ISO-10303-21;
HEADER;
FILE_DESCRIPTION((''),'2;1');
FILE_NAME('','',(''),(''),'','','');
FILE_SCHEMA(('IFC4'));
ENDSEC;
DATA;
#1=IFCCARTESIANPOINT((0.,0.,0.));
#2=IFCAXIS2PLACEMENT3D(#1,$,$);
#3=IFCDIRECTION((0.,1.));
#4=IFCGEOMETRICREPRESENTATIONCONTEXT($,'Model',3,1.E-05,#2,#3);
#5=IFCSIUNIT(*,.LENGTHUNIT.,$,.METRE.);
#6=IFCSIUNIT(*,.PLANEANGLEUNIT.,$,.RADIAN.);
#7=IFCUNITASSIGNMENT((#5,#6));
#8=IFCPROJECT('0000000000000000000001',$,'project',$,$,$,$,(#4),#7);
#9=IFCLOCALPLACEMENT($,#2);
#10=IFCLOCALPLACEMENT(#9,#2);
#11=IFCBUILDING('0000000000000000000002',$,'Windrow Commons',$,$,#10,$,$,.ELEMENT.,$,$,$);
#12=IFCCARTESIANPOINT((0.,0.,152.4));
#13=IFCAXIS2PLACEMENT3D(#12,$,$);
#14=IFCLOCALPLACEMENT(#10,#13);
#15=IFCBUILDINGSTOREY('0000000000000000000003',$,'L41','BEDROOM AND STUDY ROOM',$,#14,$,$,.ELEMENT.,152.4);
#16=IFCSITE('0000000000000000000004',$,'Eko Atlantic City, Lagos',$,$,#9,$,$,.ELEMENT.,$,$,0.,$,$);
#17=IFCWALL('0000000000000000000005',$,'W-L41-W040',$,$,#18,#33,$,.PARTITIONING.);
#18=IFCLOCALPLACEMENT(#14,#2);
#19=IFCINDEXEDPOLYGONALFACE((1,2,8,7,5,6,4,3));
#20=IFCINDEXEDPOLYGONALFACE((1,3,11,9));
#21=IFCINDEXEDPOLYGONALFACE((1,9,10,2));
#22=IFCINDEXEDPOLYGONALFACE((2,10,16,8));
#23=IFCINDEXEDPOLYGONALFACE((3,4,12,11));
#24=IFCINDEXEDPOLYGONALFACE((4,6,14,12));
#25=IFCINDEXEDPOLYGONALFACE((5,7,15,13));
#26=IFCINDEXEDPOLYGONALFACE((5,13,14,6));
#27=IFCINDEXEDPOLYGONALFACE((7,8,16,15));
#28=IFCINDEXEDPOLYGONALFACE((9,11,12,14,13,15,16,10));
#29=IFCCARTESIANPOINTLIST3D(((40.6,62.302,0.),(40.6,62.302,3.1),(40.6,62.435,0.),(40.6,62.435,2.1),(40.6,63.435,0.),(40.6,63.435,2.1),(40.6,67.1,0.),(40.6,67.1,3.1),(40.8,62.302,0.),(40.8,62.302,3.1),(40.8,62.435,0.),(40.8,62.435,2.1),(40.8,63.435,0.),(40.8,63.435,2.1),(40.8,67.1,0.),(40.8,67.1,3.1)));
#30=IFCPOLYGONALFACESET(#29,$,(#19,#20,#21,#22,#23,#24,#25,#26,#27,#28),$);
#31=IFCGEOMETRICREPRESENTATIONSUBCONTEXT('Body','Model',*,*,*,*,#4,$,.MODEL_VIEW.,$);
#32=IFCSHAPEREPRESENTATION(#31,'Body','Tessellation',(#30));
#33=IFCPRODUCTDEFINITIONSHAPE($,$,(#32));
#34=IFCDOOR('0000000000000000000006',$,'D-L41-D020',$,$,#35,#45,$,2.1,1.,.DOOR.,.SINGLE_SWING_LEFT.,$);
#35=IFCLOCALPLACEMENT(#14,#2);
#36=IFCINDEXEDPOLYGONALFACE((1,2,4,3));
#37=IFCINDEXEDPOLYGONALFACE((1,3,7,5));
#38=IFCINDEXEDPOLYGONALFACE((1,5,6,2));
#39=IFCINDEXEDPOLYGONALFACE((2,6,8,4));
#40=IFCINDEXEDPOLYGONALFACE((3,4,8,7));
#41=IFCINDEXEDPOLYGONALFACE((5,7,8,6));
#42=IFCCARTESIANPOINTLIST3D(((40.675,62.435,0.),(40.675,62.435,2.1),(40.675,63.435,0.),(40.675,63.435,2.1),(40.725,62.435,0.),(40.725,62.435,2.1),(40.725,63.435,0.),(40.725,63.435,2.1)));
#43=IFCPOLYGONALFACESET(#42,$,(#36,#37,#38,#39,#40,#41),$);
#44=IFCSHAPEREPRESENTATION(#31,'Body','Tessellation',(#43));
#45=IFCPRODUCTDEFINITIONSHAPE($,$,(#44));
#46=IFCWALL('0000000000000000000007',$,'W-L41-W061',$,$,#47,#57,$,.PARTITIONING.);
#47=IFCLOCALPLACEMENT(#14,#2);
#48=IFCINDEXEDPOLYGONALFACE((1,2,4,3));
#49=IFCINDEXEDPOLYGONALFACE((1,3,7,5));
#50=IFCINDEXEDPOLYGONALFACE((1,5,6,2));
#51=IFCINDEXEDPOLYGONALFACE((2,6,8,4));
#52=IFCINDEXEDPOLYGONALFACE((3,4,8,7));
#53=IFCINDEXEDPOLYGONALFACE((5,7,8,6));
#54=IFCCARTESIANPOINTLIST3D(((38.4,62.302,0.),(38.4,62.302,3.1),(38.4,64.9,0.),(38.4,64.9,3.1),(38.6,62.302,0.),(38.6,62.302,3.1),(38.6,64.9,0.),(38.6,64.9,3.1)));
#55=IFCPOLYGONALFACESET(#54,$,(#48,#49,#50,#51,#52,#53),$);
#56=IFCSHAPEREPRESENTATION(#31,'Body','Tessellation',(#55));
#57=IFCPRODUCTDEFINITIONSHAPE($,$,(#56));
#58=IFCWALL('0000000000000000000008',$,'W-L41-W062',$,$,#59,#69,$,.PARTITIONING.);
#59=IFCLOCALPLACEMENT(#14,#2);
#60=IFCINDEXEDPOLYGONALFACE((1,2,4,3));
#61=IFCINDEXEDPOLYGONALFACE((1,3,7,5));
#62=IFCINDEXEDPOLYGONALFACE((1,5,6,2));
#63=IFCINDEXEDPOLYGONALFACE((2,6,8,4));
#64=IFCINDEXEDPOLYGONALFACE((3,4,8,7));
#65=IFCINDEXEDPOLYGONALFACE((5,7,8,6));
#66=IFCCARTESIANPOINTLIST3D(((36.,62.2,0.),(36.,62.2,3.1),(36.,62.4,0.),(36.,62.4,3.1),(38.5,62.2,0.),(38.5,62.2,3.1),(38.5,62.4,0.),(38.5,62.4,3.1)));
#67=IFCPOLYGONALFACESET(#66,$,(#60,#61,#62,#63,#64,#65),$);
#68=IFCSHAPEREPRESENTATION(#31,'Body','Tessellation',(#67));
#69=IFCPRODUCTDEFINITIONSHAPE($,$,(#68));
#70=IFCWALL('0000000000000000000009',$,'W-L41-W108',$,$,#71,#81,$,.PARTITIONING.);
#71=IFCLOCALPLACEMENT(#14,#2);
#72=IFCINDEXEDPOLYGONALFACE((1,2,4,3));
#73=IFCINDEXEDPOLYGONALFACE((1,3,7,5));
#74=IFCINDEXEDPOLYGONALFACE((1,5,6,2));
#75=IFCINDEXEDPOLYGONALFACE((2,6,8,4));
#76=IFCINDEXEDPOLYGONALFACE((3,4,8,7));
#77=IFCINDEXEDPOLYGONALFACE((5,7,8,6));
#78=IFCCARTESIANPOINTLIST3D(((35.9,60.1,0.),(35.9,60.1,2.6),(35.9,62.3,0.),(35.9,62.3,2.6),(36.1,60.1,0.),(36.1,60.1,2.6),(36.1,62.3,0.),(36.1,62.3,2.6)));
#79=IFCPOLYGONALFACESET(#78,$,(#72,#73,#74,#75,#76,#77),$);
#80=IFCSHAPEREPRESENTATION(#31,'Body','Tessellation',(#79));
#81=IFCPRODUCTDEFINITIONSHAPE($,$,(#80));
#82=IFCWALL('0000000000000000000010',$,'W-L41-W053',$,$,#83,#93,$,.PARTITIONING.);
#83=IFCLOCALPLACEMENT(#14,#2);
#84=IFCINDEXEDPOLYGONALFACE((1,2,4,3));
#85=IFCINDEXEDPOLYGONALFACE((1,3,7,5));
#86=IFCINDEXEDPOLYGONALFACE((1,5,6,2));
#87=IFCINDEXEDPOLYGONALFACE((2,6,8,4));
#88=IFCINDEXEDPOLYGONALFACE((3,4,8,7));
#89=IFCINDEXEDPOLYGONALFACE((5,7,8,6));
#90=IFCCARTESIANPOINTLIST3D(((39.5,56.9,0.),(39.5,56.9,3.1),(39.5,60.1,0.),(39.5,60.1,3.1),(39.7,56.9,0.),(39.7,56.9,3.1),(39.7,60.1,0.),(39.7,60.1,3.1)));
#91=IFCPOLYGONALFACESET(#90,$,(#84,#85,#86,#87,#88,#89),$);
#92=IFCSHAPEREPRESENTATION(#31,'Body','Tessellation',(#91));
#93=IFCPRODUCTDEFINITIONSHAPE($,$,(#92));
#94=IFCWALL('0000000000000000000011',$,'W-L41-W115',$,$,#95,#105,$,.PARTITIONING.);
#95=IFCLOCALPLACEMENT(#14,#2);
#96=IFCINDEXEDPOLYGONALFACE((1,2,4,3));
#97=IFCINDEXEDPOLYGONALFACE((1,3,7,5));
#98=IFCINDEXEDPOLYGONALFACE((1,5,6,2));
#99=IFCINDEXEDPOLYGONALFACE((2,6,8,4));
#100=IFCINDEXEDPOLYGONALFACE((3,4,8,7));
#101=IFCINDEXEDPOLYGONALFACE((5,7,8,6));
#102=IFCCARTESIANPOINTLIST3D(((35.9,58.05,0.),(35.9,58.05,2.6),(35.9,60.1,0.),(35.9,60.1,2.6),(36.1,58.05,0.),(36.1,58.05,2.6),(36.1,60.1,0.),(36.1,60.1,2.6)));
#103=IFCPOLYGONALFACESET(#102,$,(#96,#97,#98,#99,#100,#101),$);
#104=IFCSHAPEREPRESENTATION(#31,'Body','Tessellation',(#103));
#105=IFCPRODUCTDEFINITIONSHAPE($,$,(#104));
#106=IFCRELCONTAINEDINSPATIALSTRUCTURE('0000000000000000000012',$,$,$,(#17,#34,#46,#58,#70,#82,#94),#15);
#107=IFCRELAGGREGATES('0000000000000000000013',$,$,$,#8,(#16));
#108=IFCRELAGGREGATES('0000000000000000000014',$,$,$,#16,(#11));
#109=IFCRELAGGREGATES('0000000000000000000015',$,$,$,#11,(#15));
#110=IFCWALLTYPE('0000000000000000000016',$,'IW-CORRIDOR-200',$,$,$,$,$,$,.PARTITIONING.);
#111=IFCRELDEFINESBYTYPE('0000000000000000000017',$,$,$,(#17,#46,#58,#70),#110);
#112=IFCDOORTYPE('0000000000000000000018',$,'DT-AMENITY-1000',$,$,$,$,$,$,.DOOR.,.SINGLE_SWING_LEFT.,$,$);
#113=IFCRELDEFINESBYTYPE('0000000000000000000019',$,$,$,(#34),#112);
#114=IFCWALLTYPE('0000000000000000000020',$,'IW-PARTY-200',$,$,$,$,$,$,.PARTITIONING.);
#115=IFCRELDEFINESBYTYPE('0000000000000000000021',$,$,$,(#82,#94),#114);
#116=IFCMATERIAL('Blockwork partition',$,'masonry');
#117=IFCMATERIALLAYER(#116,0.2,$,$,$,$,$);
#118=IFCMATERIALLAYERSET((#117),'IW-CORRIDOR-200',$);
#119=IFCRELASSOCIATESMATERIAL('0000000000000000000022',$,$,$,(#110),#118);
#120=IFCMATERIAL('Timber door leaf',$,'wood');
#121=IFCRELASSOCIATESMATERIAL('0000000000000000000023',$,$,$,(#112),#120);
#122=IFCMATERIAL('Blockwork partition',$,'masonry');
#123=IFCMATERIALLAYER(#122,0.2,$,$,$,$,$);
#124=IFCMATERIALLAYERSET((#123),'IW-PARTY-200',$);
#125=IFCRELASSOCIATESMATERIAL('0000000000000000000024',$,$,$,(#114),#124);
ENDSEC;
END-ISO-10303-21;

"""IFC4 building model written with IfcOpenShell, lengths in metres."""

from ifc_helpers import new_model, si_unit, direction, frame, frame_2d, origin, place, context, subcontext, project, spatial, rectangle, extrude, material, layer, layer_set, type_object, element, fill, save


model = new_model("IFC4")

# Units and contexts
model_context = context("Model", 3, precision=1e-05, world=origin(), true_north=direction((0.0, 1.0)))
body_context = subcontext(model_context, "Body", "Model", "MODEL_VIEW")
ifc_project = project(units=[si_unit("LENGTHUNIT", "METRE"), si_unit("PLANEANGLEUNIT", "RADIAN")], contexts=[model_context])

# Site, building, storey
site_placement = place(None, origin())
site = spatial("IfcSite", under=ifc_project, at=site_placement, Name="Eko Atlantic City, Lagos", CompositionType="ELEMENT", RefElevation=0.0)
building_placement = place(site_placement, origin())
building = spatial("IfcBuilding", under=site, at=building_placement, Name="Windrow Commons", CompositionType="ELEMENT")
storey_placement = place(building_placement, frame((0.0, 0.0, 152.4)))
storey = spatial("IfcBuildingStorey", under=building, at=storey_placement, Name="L41", Description="BEDROOM AND STUDY ROOM", CompositionType="ELEMENT", Elevation=152.4)

# Shared definitions
ifc_material_1 = material(Name="Blockwork partition", Category="masonry")
ifc_layer_1 = layer(ifc_material_1, 0.2)
ifc_layer_set_1 = layer_set([ifc_layer_1], Name="IW-CORRIDOR-200")
wall_type_1 = type_object("IfcWallType", Name="IW-CORRIDOR-200", PredefinedType="PARTITIONING", material=ifc_layer_set_1)
ifc_material_2 = material(Name="Timber door leaf", Category="wood")
door_type_1 = type_object("IfcDoorType", Name="DT-AMENITY-1000", OperationType="SINGLE_SWING_LEFT", PredefinedType="DOOR", material=ifc_material_2)

# Wall, opening, door
wall_1_placement = place(storey_placement, frame((40.7, 62.302, 0.0), z_axis=(0.0, 0.0, 1.0), x_axis=(0.0, 1.0, 0.0)))
wall_1 = element("IfcWall", 1, at=wall_1_placement, inside=storey, type_object=wall_type_1, Name="W-L41-W040", PredefinedType="PARTITIONING", context=body_context, shape_type="SweptSolid", body=[
    extrude(rectangle(XDim=4.798, YDim=0.2, at=frame_2d((2.399, 0.0))), origin(), (0.0, 0.0, 1.0), 3.1),
])
opening_1_placement = place(wall_1_placement, frame((0.133, 0.0, 0.0)))
opening_1 = element("IfcOpeningElement", 2, at=opening_1_placement, cuts=wall_1, PredefinedType="OPENING", context=body_context, shape_type="SweptSolid", body=[
    extrude(rectangle(XDim=1.0, YDim=2.1, at=frame_2d((0.5, 1.05))), frame((0.0, 0.11, 0.0), z_axis=(0.0, -1.0, 0.0), x_axis=(1.0, 0.0, 0.0)), (0.0, 0.0, 1.0), 0.22),
])
door_1_placement = place(opening_1_placement, origin())
door_1 = element("IfcDoor", 3, at=door_1_placement, inside=storey, type_object=door_type_1, Name="D-L41-D020", OperationType="SINGLE_SWING_LEFT", OverallHeight=2.1, OverallWidth=1.0, PredefinedType="DOOR", context=body_context, shape_type="SweptSolid", body=[
    extrude(rectangle(XDim=1.0, YDim=2.1, at=frame_2d((0.5, 1.05))), frame((0.0, 0.025, 0.0), z_axis=(0.0, -1.0, 0.0), x_axis=(1.0, 0.0, 0.0)), (0.0, 0.0, 1.0), 0.05),
])
fill(opening_1, door_1)

# Walls
wall_2_placement = place(storey_placement, frame((38.5, 62.302, 0.0), z_axis=(0.0, 0.0, 1.0), x_axis=(0.0, 1.0, 0.0)))
element("IfcWall", 4, at=wall_2_placement, inside=storey, type_object=wall_type_1, Name="W-L41-W061", PredefinedType="PARTITIONING", context=body_context, shape_type="SweptSolid", body=[
    extrude(rectangle(XDim=2.598, YDim=0.2, at=frame_2d((1.299, 0.0))), origin(), (0.0, 0.0, 1.0), 3.1),
])
wall_3_placement = place(storey_placement, frame((36.0, 62.3, 0.0), z_axis=(0.0, 0.0, 1.0), x_axis=(1.0, 0.0, 0.0)))
element("IfcWall", 5, at=wall_3_placement, inside=storey, type_object=wall_type_1, Name="W-L41-W062", PredefinedType="PARTITIONING", context=body_context, shape_type="SweptSolid", body=[
    extrude(rectangle(XDim=2.5, YDim=0.2, at=frame_2d((1.25, 0.0))), origin(), (0.0, 0.0, 1.0), 3.1),
])
wall_4_placement = place(storey_placement, frame((36.0, 60.1, 0.0), z_axis=(0.0, 0.0, 1.0), x_axis=(0.0, 1.0, 0.0)))
element("IfcWall", 6, at=wall_4_placement, inside=storey, type_object=wall_type_1, Name="W-L41-W108", PredefinedType="PARTITIONING", context=body_context, shape_type="SweptSolid", body=[
    extrude(rectangle(XDim=2.2, YDim=0.2, at=frame_2d((1.1, 0.0))), origin(), (0.0, 0.0, 1.0), 2.6),
])
ifc_material_3 = material(Name="Blockwork partition", Category="masonry")
ifc_layer_2 = layer(ifc_material_3, 0.2)
ifc_layer_set_2 = layer_set([ifc_layer_2], Name="IW-PARTY-200")
wall_type_2 = type_object("IfcWallType", Name="IW-PARTY-200", PredefinedType="PARTITIONING", material=ifc_layer_set_2)
wall_5_placement = place(storey_placement, frame((39.6, 56.9, 0.0), z_axis=(0.0, 0.0, 1.0), x_axis=(0.0, 1.0, 0.0)))
element("IfcWall", 7, at=wall_5_placement, inside=storey, type_object=wall_type_2, Name="W-L41-W053", PredefinedType="PARTITIONING", context=body_context, shape_type="SweptSolid", body=[
    extrude(rectangle(XDim=3.2, YDim=0.2, at=frame_2d((1.6, 0.0))), origin(), (0.0, 0.0, 1.0), 3.1),
])
wall_6_placement = place(storey_placement, frame((36.0, 58.05, 0.0), z_axis=(0.0, 0.0, 1.0), x_axis=(0.0, 1.0, 0.0)))
element("IfcWall", 8, at=wall_6_placement, inside=storey, type_object=wall_type_2, Name="W-L41-W115", PredefinedType="PARTITIONING", context=body_context, shape_type="SweptSolid", body=[
    extrude(rectangle(XDim=2.05, YDim=0.2, at=frame_2d((1.025, 0.0))), origin(), (0.0, 0.0, 1.0), 2.6),
])

save(model, "model.ifc")
